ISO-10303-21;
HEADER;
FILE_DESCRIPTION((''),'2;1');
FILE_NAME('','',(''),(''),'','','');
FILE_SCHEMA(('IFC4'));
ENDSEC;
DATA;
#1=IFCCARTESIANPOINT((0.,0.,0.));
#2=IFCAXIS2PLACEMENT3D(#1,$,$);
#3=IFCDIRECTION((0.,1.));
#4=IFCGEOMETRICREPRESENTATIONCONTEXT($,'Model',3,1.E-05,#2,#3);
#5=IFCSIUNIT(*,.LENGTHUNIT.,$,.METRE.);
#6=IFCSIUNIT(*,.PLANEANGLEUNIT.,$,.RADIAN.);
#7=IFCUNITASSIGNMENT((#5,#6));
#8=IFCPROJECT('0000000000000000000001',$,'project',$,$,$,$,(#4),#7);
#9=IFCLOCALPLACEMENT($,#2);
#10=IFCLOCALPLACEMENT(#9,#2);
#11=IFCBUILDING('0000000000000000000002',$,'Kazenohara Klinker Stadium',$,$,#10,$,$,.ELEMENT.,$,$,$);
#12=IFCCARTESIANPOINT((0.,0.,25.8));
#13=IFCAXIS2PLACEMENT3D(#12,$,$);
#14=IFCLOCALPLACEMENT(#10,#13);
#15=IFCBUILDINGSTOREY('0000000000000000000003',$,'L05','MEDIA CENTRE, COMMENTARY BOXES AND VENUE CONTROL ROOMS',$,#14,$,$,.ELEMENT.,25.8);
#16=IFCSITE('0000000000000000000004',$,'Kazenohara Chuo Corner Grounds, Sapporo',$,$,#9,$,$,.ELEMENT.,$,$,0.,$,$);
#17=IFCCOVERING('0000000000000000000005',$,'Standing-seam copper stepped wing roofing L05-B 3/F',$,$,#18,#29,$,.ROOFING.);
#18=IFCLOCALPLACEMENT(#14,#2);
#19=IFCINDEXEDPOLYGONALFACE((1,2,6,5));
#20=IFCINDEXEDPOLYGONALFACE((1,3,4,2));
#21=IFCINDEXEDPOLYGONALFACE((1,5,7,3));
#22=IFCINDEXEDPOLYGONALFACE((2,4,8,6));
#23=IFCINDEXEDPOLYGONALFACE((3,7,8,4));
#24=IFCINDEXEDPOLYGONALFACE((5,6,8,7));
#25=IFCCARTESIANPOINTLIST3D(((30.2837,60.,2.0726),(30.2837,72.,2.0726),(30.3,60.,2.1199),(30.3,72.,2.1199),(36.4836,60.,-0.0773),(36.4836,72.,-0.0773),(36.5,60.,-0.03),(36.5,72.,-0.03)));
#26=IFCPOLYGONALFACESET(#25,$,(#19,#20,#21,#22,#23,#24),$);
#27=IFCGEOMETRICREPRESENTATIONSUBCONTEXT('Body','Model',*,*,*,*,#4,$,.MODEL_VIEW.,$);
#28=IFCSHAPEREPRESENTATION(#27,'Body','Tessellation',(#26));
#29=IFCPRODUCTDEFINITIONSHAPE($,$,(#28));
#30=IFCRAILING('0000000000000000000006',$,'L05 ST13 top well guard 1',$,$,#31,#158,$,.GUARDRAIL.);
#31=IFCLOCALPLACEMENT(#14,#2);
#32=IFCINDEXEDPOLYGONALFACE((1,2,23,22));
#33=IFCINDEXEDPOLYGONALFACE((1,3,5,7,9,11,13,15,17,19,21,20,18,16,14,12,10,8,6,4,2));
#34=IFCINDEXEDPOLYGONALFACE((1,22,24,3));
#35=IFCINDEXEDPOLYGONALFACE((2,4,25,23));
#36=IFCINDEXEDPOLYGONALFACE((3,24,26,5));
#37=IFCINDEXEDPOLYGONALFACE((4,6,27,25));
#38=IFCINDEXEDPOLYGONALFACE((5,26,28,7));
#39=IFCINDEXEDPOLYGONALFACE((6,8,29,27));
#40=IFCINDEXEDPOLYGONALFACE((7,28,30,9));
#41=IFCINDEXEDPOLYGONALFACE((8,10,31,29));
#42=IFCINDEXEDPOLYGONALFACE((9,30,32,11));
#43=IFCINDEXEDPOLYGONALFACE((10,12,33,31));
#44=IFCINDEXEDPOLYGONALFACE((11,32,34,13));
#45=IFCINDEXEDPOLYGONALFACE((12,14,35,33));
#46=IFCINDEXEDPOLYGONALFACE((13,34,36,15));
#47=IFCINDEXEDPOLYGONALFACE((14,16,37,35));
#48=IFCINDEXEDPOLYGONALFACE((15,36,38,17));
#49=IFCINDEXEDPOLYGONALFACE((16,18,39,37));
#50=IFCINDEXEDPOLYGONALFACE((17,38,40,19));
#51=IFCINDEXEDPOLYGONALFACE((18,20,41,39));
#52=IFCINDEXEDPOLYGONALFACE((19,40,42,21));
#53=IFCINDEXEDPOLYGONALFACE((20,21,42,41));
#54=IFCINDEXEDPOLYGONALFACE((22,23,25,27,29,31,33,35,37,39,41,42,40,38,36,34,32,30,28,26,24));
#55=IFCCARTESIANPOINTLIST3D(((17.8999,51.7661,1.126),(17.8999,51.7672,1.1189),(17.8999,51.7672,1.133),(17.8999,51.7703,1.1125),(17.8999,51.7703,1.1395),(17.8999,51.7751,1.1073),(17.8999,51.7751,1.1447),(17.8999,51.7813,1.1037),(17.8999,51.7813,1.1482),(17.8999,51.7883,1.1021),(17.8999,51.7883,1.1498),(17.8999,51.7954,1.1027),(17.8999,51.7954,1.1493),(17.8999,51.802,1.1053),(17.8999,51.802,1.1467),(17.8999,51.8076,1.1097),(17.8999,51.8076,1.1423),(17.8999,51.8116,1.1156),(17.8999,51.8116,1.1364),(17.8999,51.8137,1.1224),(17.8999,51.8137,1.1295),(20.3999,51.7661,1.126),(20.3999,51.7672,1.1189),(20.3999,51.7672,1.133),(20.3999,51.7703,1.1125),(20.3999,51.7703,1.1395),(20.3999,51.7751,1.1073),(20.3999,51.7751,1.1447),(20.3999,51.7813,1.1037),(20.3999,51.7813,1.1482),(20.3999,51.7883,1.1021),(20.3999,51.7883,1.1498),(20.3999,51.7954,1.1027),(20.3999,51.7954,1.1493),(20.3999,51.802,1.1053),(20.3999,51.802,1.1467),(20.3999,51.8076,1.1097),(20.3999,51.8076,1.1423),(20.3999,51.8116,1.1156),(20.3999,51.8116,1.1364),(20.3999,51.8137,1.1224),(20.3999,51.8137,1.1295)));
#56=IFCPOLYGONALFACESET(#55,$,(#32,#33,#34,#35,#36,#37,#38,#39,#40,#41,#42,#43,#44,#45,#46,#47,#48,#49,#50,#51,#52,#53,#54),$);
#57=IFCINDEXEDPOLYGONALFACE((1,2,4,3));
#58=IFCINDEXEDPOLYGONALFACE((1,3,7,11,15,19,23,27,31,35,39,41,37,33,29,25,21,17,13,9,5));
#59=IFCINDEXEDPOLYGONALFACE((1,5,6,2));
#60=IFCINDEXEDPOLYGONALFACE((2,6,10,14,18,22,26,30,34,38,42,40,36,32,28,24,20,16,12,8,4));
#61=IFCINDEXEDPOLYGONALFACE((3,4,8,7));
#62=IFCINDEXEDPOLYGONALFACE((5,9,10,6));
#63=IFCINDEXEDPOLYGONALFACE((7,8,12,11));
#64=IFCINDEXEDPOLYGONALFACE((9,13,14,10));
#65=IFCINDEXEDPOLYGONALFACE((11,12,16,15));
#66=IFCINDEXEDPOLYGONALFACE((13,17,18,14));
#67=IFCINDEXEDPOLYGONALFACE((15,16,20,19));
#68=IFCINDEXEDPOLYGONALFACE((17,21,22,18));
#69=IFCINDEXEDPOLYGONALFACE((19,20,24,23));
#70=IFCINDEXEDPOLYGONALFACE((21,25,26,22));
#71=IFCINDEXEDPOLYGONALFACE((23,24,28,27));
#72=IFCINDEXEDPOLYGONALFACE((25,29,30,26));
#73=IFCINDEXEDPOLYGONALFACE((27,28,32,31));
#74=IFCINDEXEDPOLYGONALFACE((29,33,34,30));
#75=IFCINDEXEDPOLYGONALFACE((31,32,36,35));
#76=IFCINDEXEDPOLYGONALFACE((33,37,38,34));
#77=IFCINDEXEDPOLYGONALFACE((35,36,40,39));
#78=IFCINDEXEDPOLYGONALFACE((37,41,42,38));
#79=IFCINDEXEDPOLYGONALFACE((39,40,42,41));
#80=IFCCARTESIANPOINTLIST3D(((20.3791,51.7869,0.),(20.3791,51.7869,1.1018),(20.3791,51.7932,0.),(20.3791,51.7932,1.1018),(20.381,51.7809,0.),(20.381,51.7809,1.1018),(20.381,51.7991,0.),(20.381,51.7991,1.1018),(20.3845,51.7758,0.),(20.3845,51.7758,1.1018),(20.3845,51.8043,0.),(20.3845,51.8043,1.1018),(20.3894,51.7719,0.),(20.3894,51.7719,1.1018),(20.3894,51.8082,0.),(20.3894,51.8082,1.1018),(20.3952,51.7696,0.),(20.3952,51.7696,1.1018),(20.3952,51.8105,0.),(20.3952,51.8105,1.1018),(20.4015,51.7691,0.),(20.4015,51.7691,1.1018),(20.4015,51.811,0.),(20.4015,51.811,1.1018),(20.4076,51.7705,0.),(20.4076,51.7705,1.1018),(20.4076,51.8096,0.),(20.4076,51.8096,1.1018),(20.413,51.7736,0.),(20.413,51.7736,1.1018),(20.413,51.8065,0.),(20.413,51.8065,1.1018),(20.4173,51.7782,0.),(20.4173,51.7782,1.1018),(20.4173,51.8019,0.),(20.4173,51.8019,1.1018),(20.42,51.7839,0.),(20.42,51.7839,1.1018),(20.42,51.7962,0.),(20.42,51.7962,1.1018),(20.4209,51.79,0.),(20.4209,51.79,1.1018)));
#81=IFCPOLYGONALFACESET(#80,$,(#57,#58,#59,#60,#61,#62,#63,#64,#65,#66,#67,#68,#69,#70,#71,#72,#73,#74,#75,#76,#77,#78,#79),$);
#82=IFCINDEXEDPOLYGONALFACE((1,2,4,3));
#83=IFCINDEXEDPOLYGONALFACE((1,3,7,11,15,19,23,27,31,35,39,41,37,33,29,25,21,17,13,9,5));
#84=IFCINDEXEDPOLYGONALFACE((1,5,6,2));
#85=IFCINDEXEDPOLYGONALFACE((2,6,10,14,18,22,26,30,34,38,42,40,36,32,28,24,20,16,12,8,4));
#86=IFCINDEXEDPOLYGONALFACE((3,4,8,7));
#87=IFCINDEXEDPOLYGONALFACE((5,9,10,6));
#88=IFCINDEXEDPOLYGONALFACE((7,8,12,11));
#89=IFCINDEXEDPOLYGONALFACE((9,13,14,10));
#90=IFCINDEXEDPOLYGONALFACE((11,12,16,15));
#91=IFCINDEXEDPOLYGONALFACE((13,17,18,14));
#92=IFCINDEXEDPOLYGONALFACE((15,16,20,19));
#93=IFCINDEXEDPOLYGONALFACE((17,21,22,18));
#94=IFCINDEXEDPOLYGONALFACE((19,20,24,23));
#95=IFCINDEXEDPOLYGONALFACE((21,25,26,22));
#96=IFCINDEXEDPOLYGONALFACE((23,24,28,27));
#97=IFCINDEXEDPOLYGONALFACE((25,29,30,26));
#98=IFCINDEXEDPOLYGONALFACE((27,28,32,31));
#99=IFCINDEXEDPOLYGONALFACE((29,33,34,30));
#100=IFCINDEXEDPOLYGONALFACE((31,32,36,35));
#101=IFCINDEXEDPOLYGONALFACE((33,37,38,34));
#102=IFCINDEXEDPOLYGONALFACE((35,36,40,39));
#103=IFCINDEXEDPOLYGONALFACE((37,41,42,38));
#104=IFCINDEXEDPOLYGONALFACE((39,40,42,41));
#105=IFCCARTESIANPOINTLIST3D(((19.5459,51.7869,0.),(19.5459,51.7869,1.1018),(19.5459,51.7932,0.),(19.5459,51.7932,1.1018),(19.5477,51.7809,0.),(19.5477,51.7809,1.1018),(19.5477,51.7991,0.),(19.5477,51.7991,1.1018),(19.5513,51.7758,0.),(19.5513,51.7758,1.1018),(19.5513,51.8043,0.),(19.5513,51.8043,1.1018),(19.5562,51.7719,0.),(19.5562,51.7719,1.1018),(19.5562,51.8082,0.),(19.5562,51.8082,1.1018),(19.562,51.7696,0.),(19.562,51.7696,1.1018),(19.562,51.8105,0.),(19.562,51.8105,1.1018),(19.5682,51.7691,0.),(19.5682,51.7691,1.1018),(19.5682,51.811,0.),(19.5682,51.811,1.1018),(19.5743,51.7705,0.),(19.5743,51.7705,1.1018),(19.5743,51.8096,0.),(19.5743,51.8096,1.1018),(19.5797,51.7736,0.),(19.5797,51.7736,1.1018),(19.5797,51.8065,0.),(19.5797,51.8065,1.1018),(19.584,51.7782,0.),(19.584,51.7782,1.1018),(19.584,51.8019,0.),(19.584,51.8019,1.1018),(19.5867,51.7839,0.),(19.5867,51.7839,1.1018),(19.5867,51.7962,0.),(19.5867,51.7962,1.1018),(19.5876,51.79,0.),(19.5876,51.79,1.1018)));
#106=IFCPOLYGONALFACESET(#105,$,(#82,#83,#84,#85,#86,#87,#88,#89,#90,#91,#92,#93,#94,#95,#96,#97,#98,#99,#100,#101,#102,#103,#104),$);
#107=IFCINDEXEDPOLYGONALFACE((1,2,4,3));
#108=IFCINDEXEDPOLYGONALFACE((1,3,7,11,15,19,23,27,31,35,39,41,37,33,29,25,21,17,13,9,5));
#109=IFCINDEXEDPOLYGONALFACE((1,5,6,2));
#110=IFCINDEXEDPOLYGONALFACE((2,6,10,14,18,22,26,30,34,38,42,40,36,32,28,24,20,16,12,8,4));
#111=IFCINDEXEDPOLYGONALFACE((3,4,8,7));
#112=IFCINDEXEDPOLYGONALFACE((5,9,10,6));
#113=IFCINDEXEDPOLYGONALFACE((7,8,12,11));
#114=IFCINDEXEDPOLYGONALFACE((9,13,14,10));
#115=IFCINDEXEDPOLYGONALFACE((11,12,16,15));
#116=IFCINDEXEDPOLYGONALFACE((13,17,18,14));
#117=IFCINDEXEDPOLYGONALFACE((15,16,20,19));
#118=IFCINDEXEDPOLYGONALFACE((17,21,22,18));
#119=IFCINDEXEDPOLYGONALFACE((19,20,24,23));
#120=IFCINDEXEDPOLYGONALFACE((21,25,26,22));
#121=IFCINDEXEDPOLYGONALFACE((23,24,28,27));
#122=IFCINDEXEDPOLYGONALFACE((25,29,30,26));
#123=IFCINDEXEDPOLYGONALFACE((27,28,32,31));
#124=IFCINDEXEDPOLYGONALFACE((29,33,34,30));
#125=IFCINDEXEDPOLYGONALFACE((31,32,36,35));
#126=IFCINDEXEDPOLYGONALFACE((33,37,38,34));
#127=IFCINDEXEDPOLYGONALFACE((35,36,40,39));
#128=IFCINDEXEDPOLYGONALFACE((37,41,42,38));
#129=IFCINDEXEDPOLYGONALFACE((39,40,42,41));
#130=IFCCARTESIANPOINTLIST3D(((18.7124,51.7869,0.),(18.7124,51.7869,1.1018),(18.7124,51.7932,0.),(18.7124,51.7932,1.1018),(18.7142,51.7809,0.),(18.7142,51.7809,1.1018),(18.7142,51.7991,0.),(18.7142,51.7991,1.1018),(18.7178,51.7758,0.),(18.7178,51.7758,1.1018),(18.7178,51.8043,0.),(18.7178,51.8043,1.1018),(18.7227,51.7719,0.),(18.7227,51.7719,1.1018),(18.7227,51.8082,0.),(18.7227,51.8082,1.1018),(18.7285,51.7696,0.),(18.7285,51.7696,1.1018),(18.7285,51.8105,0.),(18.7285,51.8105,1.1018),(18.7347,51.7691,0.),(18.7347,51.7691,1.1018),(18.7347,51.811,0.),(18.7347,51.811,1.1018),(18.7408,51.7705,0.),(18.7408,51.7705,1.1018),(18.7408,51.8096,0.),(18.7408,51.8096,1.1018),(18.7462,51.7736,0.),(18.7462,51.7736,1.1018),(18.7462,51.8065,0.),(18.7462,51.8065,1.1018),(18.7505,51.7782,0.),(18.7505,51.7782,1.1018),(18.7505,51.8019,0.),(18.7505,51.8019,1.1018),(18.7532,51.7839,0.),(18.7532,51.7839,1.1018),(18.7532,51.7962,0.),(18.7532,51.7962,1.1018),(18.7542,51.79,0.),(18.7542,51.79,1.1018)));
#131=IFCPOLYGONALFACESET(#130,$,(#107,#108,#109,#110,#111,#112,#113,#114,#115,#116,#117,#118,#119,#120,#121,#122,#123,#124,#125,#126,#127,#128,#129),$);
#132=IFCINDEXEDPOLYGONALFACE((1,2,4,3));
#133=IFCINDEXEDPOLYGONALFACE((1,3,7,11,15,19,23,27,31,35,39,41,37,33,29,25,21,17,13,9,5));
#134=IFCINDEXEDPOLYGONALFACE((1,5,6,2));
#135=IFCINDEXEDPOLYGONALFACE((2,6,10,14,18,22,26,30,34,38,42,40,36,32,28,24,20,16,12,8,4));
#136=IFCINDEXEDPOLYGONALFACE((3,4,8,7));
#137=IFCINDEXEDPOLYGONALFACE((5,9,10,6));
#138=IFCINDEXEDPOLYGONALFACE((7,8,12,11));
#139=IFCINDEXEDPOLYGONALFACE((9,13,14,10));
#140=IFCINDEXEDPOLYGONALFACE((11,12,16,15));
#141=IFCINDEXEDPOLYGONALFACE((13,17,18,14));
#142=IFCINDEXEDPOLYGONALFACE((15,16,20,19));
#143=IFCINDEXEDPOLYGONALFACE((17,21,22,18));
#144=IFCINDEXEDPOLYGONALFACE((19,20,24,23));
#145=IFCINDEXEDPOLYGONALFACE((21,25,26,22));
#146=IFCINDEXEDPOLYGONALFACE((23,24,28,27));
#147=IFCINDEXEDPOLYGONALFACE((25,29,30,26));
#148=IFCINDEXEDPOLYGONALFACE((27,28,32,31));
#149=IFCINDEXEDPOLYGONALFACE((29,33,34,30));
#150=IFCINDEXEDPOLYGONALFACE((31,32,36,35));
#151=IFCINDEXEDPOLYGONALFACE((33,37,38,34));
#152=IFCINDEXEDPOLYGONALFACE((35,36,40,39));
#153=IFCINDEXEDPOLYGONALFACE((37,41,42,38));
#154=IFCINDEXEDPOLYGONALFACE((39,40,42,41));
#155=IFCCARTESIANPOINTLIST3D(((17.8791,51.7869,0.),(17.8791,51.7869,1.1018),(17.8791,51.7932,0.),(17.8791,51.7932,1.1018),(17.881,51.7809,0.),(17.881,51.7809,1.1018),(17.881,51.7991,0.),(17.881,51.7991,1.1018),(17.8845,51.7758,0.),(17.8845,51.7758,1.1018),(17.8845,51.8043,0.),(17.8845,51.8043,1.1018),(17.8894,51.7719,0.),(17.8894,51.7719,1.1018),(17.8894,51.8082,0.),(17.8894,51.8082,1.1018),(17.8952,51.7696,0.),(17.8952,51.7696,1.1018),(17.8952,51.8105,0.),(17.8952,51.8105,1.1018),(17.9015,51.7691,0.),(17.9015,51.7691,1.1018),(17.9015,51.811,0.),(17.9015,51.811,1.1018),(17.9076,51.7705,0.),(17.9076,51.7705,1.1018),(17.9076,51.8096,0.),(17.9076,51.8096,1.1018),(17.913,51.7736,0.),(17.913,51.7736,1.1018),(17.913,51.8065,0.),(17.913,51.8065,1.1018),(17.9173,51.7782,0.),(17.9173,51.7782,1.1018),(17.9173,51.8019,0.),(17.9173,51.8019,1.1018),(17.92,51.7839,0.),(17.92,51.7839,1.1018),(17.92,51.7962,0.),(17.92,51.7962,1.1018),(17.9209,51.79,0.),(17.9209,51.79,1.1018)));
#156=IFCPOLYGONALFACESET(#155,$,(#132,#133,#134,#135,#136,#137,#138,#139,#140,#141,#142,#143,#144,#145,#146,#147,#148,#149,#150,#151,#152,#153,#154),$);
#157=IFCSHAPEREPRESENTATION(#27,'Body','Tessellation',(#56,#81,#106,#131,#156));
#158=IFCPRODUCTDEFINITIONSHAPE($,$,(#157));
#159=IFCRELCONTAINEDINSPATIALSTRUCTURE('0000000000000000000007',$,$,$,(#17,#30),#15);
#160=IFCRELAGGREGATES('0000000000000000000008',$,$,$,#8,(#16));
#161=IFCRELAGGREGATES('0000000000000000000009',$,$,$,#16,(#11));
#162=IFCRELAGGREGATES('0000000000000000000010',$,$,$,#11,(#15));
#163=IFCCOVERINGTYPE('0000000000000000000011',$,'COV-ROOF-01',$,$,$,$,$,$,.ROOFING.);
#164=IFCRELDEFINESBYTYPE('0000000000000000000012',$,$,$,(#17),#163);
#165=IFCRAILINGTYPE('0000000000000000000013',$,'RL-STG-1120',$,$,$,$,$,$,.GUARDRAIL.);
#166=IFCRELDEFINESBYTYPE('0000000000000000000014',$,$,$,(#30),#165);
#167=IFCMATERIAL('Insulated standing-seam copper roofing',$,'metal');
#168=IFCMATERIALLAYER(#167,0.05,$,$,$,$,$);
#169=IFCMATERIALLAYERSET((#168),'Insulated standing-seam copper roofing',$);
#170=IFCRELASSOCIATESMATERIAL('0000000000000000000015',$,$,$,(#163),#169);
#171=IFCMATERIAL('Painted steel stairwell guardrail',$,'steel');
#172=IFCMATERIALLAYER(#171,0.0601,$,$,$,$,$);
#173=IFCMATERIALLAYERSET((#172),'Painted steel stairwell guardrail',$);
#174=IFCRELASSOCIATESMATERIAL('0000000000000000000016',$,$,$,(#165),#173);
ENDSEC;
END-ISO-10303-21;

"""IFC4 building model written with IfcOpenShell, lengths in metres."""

from ifc_helpers import new_model, si_unit, direction, frame, origin, origin_2d, place, context, subcontext, project, spatial, polyline, circle, outline, extrude, material, layer, layer_set, type_object, element, save


model = new_model("IFC4")

# Units and contexts
model_context = context("Model", 3, precision=1e-05, world=origin(), true_north=direction((0.0, 1.0)))
body_context = subcontext(model_context, "Body", "Model", "MODEL_VIEW")
ifc_project = project(units=[si_unit("LENGTHUNIT", "METRE"), si_unit("PLANEANGLEUNIT", "RADIAN")], contexts=[model_context])

# Site, building, storey
site_placement = place(None, origin())
site = spatial("IfcSite", under=ifc_project, at=site_placement, Name="Kazenohara Chuo Corner Grounds, Sapporo", CompositionType="ELEMENT", RefElevation=0.0)
building_placement = place(site_placement, origin())
building = spatial("IfcBuilding", under=site, at=building_placement, Name="Kazenohara Klinker Stadium", CompositionType="ELEMENT")
storey_placement = place(building_placement, frame((0.0, 0.0, 25.8)))
storey = spatial("IfcBuildingStorey", under=building, at=storey_placement, Name="L05", Description="MEDIA CENTRE, COMMENTARY BOXES AND VENUE CONTROL ROOMS", CompositionType="ELEMENT", Elevation=25.8)

# Covering
ifc_material_1 = material(Name="Insulated standing-seam copper roofing", Category="metal")
ifc_layer_1 = layer(ifc_material_1, 0.05)
ifc_layer_set_1 = layer_set([ifc_layer_1], Name="Insulated standing-seam copper roofing")
covering_type = type_object("IfcCoveringType", Name="COV-ROOF-01", PredefinedType="ROOFING", material=ifc_layer_set_1)
for number, where, z_axis, x_axis, name in (
    (1, (30.3, 60.0, 2.1199), (0.327623, 0.0, 0.944809), (0.944809, 0.0, -0.327623), "Standing-seam copper stepped wing roofing L05-B 3/F"),
):
    element("IfcCovering", number, at=place(storey_placement, frame(where, z_axis=z_axis, x_axis=x_axis)), inside=storey, type_object=covering_type, Name=name, PredefinedType="ROOFING", context=body_context, shape_type="SweptSolid", body=[
        extrude(outline(polyline([(0.0, 0.0), (6.5621, 0.0), (6.5621, 12.0), (0.0, 12.0), (0.0, 0.0)])), origin(), (0.0, 0.0, -1.0), 0.05),
    ])

# Railing
ifc_material_2 = material(Name="Painted steel stairwell guardrail", Category="steel")
ifc_layer_2 = layer(ifc_material_2, 0.0601)
ifc_layer_set_2 = layer_set([ifc_layer_2], Name="Painted steel stairwell guardrail")
railing_type = type_object("IfcRailingType", Name="RL-STG-1120", PredefinedType="GUARDRAIL", material=ifc_layer_set_2)
railing_placement = place(storey_placement, frame((20.3999, 51.79, 0.0)))
element("IfcRailing", 2, at=railing_placement, inside=storey, type_object=railing_type, Name="L05 ST13 top well guard 1", PredefinedType="GUARDRAIL", context=body_context, shape_type="SweptSolid", body=[
    extrude(circle(Radius=0.0239, at=origin_2d()), frame((0.0, 0.0, 1.126), z_axis=(-1.0, 0.0, 0.0), x_axis=(0.0, -1.0, 0.0)), (0.0, 0.0, 1.0), 2.5),
    extrude(circle(Radius=0.021, at=origin_2d()), origin(), (0.0, 0.0, 1.0), 1.1018),
    extrude(circle(Radius=0.021, at=origin_2d()), frame((-0.8333, 0.0, 0.0)), (0.0, 0.0, 1.0), 1.1018),
    extrude(circle(Radius=0.021, at=origin_2d()), frame((-1.6667, 0.0, 0.0)), (0.0, 0.0, 1.0), 1.1018),
    extrude(circle(Radius=0.021, at=origin_2d()), frame((-2.5, 0.0, 0.0)), (0.0, 0.0, 1.0), 1.1018),
])

save(model, "model.ifc")
